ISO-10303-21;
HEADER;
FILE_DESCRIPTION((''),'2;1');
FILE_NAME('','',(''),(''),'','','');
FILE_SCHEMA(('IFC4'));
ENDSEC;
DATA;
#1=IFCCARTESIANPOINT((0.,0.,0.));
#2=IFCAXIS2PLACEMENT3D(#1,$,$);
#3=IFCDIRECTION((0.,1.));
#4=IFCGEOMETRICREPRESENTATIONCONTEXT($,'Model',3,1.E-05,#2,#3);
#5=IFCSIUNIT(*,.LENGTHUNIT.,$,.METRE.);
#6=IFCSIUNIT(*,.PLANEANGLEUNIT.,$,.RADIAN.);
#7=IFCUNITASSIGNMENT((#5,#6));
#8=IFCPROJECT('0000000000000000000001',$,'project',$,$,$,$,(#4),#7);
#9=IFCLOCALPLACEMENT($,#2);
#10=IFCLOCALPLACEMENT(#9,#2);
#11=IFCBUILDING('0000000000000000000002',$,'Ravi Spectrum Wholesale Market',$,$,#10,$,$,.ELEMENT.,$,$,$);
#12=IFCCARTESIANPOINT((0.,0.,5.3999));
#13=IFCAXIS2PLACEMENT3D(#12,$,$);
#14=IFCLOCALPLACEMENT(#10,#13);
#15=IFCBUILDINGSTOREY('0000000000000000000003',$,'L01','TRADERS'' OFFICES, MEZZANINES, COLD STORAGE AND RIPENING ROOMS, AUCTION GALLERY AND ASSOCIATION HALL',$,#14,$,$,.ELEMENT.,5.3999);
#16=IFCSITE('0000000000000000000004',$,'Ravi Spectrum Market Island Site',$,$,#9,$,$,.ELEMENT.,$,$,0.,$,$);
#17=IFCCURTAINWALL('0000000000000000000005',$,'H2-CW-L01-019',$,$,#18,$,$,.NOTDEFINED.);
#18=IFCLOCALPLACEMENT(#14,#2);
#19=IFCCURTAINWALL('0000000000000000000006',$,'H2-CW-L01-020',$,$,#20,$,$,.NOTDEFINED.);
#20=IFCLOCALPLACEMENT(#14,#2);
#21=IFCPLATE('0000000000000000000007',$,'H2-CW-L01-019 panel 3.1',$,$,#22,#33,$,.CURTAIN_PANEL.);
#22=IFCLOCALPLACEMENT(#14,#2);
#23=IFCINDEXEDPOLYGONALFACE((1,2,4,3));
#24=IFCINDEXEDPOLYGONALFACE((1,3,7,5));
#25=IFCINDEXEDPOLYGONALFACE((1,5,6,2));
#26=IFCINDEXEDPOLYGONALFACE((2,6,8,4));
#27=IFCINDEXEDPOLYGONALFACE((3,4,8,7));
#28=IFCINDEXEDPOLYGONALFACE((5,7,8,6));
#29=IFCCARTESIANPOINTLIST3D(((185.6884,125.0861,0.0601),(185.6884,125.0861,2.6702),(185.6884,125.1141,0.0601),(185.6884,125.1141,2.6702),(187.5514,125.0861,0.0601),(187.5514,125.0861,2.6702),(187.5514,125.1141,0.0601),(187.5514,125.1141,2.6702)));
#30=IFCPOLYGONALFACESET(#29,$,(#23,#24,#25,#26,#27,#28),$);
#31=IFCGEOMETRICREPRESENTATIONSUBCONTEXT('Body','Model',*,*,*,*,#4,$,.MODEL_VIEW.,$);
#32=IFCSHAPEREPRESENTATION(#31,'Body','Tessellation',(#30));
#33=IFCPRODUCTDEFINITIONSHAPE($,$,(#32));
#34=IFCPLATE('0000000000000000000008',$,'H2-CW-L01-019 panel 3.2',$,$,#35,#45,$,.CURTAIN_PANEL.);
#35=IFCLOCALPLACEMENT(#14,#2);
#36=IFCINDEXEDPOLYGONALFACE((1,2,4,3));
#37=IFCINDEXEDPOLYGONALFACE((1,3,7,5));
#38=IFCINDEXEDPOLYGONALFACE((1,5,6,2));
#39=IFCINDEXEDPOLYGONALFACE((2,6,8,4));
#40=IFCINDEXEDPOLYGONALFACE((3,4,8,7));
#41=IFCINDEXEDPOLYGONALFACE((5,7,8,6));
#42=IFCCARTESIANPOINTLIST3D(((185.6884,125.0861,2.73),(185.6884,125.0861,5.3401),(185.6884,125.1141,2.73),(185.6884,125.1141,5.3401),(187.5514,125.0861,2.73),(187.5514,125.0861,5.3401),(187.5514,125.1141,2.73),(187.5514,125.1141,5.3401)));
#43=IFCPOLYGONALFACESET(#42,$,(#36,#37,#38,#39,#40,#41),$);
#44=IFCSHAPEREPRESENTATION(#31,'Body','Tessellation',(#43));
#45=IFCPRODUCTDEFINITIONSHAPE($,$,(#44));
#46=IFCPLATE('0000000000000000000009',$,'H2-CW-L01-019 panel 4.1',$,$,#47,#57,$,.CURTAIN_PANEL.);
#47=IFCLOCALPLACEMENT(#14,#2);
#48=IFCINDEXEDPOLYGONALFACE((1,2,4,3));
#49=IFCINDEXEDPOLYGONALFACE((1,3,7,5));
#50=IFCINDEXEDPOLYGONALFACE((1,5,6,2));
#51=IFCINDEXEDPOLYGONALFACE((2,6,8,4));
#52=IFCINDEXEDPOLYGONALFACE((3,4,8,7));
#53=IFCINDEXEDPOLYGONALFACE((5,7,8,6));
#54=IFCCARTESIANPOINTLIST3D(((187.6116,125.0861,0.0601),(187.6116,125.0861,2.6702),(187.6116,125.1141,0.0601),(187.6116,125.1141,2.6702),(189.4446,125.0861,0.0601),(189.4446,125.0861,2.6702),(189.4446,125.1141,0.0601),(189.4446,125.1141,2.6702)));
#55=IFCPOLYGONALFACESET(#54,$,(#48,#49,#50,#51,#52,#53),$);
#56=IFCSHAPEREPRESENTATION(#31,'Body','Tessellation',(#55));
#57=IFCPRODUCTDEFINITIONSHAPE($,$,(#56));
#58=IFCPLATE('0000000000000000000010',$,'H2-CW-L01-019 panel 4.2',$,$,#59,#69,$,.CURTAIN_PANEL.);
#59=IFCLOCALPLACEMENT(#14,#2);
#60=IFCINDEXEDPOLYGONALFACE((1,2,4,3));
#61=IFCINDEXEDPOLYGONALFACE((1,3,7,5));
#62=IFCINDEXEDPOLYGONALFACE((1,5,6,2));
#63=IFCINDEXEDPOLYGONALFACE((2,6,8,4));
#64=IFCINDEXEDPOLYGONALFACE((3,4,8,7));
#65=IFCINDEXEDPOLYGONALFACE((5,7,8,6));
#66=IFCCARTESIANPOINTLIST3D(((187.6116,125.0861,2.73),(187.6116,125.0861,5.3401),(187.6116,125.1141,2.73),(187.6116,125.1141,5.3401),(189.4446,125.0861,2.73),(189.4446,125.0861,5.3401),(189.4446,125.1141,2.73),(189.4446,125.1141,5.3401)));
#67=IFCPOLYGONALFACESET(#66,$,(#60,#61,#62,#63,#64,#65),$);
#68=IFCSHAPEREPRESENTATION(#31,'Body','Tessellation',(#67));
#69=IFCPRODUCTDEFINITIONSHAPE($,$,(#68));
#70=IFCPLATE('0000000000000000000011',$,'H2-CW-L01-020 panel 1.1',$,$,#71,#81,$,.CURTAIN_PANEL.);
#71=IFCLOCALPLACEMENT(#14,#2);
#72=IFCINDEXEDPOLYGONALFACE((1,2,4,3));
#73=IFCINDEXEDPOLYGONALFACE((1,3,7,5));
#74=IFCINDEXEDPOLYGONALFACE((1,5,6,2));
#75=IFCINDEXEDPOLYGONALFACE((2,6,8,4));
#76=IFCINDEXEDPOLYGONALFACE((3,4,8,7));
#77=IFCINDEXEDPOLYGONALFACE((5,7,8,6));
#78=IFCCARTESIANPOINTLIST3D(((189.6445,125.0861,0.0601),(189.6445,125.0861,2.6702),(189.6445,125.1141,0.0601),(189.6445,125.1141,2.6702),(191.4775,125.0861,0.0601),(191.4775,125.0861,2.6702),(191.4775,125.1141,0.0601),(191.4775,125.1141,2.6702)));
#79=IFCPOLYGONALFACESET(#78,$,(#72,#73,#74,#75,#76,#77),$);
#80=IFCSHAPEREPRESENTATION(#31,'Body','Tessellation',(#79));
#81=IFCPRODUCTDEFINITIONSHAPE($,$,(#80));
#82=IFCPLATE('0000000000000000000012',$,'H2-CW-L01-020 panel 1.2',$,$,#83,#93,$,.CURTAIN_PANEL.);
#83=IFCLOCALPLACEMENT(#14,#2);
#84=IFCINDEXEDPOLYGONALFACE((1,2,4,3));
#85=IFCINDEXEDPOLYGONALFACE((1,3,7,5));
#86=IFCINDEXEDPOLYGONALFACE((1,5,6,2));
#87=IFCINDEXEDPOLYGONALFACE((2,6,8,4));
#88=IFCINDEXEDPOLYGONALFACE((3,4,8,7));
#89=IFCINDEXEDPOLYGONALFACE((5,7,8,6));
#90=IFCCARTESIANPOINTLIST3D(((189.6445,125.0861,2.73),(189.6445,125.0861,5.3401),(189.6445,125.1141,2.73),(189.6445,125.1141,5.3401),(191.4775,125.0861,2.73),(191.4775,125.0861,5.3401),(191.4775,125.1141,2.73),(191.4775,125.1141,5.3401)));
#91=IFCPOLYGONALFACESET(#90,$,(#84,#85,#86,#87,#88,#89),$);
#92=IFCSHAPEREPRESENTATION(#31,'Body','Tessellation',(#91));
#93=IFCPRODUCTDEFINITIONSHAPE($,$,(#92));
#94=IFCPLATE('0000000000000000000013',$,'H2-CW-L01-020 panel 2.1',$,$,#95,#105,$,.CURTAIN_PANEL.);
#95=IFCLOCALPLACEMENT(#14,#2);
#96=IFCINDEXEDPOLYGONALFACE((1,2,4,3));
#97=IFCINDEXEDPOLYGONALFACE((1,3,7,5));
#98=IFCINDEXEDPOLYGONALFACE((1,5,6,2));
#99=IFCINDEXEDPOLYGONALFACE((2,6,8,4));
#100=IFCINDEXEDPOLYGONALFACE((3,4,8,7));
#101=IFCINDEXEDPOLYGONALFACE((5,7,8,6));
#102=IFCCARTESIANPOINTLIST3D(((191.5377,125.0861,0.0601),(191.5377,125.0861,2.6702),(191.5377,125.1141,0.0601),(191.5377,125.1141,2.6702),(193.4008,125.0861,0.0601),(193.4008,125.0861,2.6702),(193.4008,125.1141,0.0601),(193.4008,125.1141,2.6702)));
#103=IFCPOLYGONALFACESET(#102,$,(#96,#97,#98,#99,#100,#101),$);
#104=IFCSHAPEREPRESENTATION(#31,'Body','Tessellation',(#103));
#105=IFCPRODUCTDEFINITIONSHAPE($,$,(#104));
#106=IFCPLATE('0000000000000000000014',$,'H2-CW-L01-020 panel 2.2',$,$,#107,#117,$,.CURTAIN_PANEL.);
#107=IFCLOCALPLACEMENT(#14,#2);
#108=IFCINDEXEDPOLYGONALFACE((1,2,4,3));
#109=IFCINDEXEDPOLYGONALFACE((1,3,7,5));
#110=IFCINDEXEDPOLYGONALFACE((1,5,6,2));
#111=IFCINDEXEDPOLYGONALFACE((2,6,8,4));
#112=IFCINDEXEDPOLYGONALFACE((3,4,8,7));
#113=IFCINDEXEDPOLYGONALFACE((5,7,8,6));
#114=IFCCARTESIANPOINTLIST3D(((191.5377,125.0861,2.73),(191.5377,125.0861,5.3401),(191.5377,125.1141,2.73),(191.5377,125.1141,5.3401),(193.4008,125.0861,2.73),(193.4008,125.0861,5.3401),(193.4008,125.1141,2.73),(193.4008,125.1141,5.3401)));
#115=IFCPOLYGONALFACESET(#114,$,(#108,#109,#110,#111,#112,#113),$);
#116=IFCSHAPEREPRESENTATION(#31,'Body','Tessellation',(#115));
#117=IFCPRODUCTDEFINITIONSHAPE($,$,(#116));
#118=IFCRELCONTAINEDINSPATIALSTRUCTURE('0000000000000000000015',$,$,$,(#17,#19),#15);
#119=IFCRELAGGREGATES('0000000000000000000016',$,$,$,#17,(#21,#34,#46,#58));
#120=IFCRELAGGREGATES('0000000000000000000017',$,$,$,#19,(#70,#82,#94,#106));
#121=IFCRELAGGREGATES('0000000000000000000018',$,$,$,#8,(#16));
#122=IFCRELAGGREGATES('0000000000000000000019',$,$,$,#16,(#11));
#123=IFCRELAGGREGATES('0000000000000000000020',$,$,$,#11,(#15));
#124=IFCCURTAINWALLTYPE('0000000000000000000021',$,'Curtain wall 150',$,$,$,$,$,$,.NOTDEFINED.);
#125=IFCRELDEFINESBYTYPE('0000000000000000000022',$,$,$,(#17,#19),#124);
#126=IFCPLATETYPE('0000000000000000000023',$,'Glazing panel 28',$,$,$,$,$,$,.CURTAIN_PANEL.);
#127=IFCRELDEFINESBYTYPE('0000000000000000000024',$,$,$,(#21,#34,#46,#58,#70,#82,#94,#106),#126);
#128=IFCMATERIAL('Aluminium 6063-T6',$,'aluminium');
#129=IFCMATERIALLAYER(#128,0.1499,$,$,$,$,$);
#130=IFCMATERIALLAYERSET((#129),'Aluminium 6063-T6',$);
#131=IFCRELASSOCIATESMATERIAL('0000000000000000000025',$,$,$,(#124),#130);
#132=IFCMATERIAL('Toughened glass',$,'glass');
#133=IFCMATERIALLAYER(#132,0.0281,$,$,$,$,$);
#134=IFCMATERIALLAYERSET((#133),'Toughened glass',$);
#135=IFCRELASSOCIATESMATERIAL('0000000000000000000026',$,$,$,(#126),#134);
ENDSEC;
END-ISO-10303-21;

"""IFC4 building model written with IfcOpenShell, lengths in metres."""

from ifc_helpers import new_model, si_unit, direction, frame, origin, origin_2d, place, context, subcontext, project, spatial, rectangle, extrude, material, layer, layer_set, type_object, element, aggregate, save


model = new_model("IFC4")

# Units and contexts
model_context = context("Model", 3, precision=1e-05, world=origin(), true_north=direction((0.0, 1.0)))
body_context = subcontext(model_context, "Body", "Model", "MODEL_VIEW")
ifc_project = project(units=[si_unit("LENGTHUNIT", "METRE"), si_unit("PLANEANGLEUNIT", "RADIAN")], contexts=[model_context])

# Site, building, storey
site_placement = place(None, origin())
site = spatial("IfcSite", under=ifc_project, at=site_placement, Name="Ravi Spectrum Market Island Site", CompositionType="ELEMENT", RefElevation=0.0)
building_placement = place(site_placement, origin())
building = spatial("IfcBuilding", under=site, at=building_placement, Name="Ravi Spectrum Wholesale Market", CompositionType="ELEMENT")
storey_placement = place(building_placement, frame((0.0, 0.0, 5.3999)))
storey = spatial("IfcBuildingStorey", under=building, at=storey_placement, Name="L01", Description="TRADERS' OFFICES, MEZZANINES, COLD STORAGE AND RIPENING ROOMS, AUCTION GALLERY AND ASSOCIATION HALL", CompositionType="ELEMENT", Elevation=5.3999)

# Curtain walls
ifc_material_1 = material(Name="Aluminium 6063-T6", Category="aluminium")
ifc_layer_1 = layer(ifc_material_1, 0.1499)
ifc_layer_set_1 = layer_set([ifc_layer_1], Name="Aluminium 6063-T6")
curtain_wall_type = type_object("IfcCurtainWallType", Name="Curtain wall 150", PredefinedType="NOTDEFINED", material=ifc_layer_set_1)
curtain_wall_1_placement = place(storey_placement, origin())
curtain_wall_1 = element("IfcCurtainWall", 1, at=curtain_wall_1_placement, inside=storey, type_object=curtain_wall_type, Name="H2-CW-L01-019", PredefinedType="NOTDEFINED")
curtain_wall_2_placement = place(storey_placement, origin())
curtain_wall_2 = element("IfcCurtainWall", 2, at=curtain_wall_2_placement, inside=storey, type_object=curtain_wall_type, Name="H2-CW-L01-020", PredefinedType="NOTDEFINED")

# Plates
ifc_material_2 = material(Name="Toughened glass", Category="glass")
ifc_layer_2 = layer(ifc_material_2, 0.0281)
ifc_layer_set_2 = layer_set([ifc_layer_2], Name="Toughened glass")
plate_type = type_object("IfcPlateType", Name="Glazing panel 28", PredefinedType="CURTAIN_PANEL", material=ifc_layer_set_2)
plate_1_placement = place(storey_placement, frame((186.6199, 125.1001, 0.0601), z_axis=(0.0, 0.0, 1.0), x_axis=(1.0, 0.0, 0.0)))
plate_1 = element("IfcPlate", 3, at=plate_1_placement, type_object=plate_type, Name="H2-CW-L01-019 panel 3.1", PredefinedType="CURTAIN_PANEL", context=body_context, shape_type="SweptSolid", body=[
    extrude(rectangle(XDim=1.863, YDim=0.0281, at=origin_2d()), origin(), (0.0, 0.0, 1.0), 2.6101),
])
plate_2_placement = place(storey_placement, frame((186.6199, 125.1001, 2.73), z_axis=(0.0, 0.0, 1.0), x_axis=(1.0, 0.0, 0.0)))
plate_2 = element("IfcPlate", 4, at=plate_2_placement, type_object=plate_type, Name="H2-CW-L01-019 panel 3.2", PredefinedType="CURTAIN_PANEL", context=body_context, shape_type="SweptSolid", body=[
    extrude(rectangle(XDim=1.863, YDim=0.0281, at=origin_2d()), origin(), (0.0, 0.0, 1.0), 2.6101),
])
plate_3_placement = place(storey_placement, frame((188.5281, 125.1001, 0.0601), z_axis=(0.0, 0.0, 1.0), x_axis=(1.0, 0.0, 0.0)))
plate_3 = element("IfcPlate", 5, at=plate_3_placement, type_object=plate_type, Name="H2-CW-L01-019 panel 4.1", PredefinedType="CURTAIN_PANEL", context=body_context, shape_type="SweptSolid", body=[
    extrude(rectangle(XDim=1.833, YDim=0.0281, at=origin_2d()), origin(), (0.0, 0.0, 1.0), 2.6101),
])
plate_4_placement = place(storey_placement, frame((188.5281, 125.1001, 2.73), z_axis=(0.0, 0.0, 1.0), x_axis=(1.0, 0.0, 0.0)))
plate_4 = element("IfcPlate", 6, at=plate_4_placement, type_object=plate_type, Name="H2-CW-L01-019 panel 4.2", PredefinedType="CURTAIN_PANEL", context=body_context, shape_type="SweptSolid", body=[
    extrude(rectangle(XDim=1.833, YDim=0.0281, at=origin_2d()), origin(), (0.0, 0.0, 1.0), 2.6101),
])
aggregate(curtain_wall_1, [plate_1, plate_2, plate_3, plate_4])
plate_5_placement = place(storey_placement, frame((190.561, 125.1001, 0.0601), z_axis=(0.0, 0.0, 1.0), x_axis=(1.0, 0.0, 0.0)))
plate_5 = element("IfcPlate", 7, at=plate_5_placement, type_object=plate_type, Name="H2-CW-L01-020 panel 1.1", PredefinedType="CURTAIN_PANEL", context=body_context, shape_type="SweptSolid", body=[
    extrude(rectangle(XDim=1.833, YDim=0.0281, at=origin_2d()), origin(), (0.0, 0.0, 1.0), 2.6101),
])
plate_6_placement = place(storey_placement, frame((190.561, 125.1001, 2.73), z_axis=(0.0, 0.0, 1.0), x_axis=(1.0, 0.0, 0.0)))
plate_6 = element("IfcPlate", 8, at=plate_6_placement, type_object=plate_type, Name="H2-CW-L01-020 panel 1.2", PredefinedType="CURTAIN_PANEL", context=body_context, shape_type="SweptSolid", body=[
    extrude(rectangle(XDim=1.833, YDim=0.0281, at=origin_2d()), origin(), (0.0, 0.0, 1.0), 2.6101),
])
plate_7_placement = place(storey_placement, frame((192.4692, 125.1001, 0.0601), z_axis=(0.0, 0.0, 1.0), x_axis=(1.0, 0.0, 0.0)))
plate_7 = element("IfcPlate", 9, at=plate_7_placement, type_object=plate_type, Name="H2-CW-L01-020 panel 2.1", PredefinedType="CURTAIN_PANEL", context=body_context, shape_type="SweptSolid", body=[
    extrude(rectangle(XDim=1.863, YDim=0.0281, at=origin_2d()), origin(), (0.0, 0.0, 1.0), 2.6101),
])
plate_8_placement = place(storey_placement, frame((192.4692, 125.1001, 2.73), z_axis=(0.0, 0.0, 1.0), x_axis=(1.0, 0.0, 0.0)))
plate_8 = element("IfcPlate", 10, at=plate_8_placement, type_object=plate_type, Name="H2-CW-L01-020 panel 2.2", PredefinedType="CURTAIN_PANEL", context=body_context, shape_type="SweptSolid", body=[
    extrude(rectangle(XDim=1.863, YDim=0.0281, at=origin_2d()), origin(), (0.0, 0.0, 1.0), 2.6101),
])
aggregate(curtain_wall_2, [plate_5, plate_6, plate_7, plate_8])

save(model, "model.ifc")
